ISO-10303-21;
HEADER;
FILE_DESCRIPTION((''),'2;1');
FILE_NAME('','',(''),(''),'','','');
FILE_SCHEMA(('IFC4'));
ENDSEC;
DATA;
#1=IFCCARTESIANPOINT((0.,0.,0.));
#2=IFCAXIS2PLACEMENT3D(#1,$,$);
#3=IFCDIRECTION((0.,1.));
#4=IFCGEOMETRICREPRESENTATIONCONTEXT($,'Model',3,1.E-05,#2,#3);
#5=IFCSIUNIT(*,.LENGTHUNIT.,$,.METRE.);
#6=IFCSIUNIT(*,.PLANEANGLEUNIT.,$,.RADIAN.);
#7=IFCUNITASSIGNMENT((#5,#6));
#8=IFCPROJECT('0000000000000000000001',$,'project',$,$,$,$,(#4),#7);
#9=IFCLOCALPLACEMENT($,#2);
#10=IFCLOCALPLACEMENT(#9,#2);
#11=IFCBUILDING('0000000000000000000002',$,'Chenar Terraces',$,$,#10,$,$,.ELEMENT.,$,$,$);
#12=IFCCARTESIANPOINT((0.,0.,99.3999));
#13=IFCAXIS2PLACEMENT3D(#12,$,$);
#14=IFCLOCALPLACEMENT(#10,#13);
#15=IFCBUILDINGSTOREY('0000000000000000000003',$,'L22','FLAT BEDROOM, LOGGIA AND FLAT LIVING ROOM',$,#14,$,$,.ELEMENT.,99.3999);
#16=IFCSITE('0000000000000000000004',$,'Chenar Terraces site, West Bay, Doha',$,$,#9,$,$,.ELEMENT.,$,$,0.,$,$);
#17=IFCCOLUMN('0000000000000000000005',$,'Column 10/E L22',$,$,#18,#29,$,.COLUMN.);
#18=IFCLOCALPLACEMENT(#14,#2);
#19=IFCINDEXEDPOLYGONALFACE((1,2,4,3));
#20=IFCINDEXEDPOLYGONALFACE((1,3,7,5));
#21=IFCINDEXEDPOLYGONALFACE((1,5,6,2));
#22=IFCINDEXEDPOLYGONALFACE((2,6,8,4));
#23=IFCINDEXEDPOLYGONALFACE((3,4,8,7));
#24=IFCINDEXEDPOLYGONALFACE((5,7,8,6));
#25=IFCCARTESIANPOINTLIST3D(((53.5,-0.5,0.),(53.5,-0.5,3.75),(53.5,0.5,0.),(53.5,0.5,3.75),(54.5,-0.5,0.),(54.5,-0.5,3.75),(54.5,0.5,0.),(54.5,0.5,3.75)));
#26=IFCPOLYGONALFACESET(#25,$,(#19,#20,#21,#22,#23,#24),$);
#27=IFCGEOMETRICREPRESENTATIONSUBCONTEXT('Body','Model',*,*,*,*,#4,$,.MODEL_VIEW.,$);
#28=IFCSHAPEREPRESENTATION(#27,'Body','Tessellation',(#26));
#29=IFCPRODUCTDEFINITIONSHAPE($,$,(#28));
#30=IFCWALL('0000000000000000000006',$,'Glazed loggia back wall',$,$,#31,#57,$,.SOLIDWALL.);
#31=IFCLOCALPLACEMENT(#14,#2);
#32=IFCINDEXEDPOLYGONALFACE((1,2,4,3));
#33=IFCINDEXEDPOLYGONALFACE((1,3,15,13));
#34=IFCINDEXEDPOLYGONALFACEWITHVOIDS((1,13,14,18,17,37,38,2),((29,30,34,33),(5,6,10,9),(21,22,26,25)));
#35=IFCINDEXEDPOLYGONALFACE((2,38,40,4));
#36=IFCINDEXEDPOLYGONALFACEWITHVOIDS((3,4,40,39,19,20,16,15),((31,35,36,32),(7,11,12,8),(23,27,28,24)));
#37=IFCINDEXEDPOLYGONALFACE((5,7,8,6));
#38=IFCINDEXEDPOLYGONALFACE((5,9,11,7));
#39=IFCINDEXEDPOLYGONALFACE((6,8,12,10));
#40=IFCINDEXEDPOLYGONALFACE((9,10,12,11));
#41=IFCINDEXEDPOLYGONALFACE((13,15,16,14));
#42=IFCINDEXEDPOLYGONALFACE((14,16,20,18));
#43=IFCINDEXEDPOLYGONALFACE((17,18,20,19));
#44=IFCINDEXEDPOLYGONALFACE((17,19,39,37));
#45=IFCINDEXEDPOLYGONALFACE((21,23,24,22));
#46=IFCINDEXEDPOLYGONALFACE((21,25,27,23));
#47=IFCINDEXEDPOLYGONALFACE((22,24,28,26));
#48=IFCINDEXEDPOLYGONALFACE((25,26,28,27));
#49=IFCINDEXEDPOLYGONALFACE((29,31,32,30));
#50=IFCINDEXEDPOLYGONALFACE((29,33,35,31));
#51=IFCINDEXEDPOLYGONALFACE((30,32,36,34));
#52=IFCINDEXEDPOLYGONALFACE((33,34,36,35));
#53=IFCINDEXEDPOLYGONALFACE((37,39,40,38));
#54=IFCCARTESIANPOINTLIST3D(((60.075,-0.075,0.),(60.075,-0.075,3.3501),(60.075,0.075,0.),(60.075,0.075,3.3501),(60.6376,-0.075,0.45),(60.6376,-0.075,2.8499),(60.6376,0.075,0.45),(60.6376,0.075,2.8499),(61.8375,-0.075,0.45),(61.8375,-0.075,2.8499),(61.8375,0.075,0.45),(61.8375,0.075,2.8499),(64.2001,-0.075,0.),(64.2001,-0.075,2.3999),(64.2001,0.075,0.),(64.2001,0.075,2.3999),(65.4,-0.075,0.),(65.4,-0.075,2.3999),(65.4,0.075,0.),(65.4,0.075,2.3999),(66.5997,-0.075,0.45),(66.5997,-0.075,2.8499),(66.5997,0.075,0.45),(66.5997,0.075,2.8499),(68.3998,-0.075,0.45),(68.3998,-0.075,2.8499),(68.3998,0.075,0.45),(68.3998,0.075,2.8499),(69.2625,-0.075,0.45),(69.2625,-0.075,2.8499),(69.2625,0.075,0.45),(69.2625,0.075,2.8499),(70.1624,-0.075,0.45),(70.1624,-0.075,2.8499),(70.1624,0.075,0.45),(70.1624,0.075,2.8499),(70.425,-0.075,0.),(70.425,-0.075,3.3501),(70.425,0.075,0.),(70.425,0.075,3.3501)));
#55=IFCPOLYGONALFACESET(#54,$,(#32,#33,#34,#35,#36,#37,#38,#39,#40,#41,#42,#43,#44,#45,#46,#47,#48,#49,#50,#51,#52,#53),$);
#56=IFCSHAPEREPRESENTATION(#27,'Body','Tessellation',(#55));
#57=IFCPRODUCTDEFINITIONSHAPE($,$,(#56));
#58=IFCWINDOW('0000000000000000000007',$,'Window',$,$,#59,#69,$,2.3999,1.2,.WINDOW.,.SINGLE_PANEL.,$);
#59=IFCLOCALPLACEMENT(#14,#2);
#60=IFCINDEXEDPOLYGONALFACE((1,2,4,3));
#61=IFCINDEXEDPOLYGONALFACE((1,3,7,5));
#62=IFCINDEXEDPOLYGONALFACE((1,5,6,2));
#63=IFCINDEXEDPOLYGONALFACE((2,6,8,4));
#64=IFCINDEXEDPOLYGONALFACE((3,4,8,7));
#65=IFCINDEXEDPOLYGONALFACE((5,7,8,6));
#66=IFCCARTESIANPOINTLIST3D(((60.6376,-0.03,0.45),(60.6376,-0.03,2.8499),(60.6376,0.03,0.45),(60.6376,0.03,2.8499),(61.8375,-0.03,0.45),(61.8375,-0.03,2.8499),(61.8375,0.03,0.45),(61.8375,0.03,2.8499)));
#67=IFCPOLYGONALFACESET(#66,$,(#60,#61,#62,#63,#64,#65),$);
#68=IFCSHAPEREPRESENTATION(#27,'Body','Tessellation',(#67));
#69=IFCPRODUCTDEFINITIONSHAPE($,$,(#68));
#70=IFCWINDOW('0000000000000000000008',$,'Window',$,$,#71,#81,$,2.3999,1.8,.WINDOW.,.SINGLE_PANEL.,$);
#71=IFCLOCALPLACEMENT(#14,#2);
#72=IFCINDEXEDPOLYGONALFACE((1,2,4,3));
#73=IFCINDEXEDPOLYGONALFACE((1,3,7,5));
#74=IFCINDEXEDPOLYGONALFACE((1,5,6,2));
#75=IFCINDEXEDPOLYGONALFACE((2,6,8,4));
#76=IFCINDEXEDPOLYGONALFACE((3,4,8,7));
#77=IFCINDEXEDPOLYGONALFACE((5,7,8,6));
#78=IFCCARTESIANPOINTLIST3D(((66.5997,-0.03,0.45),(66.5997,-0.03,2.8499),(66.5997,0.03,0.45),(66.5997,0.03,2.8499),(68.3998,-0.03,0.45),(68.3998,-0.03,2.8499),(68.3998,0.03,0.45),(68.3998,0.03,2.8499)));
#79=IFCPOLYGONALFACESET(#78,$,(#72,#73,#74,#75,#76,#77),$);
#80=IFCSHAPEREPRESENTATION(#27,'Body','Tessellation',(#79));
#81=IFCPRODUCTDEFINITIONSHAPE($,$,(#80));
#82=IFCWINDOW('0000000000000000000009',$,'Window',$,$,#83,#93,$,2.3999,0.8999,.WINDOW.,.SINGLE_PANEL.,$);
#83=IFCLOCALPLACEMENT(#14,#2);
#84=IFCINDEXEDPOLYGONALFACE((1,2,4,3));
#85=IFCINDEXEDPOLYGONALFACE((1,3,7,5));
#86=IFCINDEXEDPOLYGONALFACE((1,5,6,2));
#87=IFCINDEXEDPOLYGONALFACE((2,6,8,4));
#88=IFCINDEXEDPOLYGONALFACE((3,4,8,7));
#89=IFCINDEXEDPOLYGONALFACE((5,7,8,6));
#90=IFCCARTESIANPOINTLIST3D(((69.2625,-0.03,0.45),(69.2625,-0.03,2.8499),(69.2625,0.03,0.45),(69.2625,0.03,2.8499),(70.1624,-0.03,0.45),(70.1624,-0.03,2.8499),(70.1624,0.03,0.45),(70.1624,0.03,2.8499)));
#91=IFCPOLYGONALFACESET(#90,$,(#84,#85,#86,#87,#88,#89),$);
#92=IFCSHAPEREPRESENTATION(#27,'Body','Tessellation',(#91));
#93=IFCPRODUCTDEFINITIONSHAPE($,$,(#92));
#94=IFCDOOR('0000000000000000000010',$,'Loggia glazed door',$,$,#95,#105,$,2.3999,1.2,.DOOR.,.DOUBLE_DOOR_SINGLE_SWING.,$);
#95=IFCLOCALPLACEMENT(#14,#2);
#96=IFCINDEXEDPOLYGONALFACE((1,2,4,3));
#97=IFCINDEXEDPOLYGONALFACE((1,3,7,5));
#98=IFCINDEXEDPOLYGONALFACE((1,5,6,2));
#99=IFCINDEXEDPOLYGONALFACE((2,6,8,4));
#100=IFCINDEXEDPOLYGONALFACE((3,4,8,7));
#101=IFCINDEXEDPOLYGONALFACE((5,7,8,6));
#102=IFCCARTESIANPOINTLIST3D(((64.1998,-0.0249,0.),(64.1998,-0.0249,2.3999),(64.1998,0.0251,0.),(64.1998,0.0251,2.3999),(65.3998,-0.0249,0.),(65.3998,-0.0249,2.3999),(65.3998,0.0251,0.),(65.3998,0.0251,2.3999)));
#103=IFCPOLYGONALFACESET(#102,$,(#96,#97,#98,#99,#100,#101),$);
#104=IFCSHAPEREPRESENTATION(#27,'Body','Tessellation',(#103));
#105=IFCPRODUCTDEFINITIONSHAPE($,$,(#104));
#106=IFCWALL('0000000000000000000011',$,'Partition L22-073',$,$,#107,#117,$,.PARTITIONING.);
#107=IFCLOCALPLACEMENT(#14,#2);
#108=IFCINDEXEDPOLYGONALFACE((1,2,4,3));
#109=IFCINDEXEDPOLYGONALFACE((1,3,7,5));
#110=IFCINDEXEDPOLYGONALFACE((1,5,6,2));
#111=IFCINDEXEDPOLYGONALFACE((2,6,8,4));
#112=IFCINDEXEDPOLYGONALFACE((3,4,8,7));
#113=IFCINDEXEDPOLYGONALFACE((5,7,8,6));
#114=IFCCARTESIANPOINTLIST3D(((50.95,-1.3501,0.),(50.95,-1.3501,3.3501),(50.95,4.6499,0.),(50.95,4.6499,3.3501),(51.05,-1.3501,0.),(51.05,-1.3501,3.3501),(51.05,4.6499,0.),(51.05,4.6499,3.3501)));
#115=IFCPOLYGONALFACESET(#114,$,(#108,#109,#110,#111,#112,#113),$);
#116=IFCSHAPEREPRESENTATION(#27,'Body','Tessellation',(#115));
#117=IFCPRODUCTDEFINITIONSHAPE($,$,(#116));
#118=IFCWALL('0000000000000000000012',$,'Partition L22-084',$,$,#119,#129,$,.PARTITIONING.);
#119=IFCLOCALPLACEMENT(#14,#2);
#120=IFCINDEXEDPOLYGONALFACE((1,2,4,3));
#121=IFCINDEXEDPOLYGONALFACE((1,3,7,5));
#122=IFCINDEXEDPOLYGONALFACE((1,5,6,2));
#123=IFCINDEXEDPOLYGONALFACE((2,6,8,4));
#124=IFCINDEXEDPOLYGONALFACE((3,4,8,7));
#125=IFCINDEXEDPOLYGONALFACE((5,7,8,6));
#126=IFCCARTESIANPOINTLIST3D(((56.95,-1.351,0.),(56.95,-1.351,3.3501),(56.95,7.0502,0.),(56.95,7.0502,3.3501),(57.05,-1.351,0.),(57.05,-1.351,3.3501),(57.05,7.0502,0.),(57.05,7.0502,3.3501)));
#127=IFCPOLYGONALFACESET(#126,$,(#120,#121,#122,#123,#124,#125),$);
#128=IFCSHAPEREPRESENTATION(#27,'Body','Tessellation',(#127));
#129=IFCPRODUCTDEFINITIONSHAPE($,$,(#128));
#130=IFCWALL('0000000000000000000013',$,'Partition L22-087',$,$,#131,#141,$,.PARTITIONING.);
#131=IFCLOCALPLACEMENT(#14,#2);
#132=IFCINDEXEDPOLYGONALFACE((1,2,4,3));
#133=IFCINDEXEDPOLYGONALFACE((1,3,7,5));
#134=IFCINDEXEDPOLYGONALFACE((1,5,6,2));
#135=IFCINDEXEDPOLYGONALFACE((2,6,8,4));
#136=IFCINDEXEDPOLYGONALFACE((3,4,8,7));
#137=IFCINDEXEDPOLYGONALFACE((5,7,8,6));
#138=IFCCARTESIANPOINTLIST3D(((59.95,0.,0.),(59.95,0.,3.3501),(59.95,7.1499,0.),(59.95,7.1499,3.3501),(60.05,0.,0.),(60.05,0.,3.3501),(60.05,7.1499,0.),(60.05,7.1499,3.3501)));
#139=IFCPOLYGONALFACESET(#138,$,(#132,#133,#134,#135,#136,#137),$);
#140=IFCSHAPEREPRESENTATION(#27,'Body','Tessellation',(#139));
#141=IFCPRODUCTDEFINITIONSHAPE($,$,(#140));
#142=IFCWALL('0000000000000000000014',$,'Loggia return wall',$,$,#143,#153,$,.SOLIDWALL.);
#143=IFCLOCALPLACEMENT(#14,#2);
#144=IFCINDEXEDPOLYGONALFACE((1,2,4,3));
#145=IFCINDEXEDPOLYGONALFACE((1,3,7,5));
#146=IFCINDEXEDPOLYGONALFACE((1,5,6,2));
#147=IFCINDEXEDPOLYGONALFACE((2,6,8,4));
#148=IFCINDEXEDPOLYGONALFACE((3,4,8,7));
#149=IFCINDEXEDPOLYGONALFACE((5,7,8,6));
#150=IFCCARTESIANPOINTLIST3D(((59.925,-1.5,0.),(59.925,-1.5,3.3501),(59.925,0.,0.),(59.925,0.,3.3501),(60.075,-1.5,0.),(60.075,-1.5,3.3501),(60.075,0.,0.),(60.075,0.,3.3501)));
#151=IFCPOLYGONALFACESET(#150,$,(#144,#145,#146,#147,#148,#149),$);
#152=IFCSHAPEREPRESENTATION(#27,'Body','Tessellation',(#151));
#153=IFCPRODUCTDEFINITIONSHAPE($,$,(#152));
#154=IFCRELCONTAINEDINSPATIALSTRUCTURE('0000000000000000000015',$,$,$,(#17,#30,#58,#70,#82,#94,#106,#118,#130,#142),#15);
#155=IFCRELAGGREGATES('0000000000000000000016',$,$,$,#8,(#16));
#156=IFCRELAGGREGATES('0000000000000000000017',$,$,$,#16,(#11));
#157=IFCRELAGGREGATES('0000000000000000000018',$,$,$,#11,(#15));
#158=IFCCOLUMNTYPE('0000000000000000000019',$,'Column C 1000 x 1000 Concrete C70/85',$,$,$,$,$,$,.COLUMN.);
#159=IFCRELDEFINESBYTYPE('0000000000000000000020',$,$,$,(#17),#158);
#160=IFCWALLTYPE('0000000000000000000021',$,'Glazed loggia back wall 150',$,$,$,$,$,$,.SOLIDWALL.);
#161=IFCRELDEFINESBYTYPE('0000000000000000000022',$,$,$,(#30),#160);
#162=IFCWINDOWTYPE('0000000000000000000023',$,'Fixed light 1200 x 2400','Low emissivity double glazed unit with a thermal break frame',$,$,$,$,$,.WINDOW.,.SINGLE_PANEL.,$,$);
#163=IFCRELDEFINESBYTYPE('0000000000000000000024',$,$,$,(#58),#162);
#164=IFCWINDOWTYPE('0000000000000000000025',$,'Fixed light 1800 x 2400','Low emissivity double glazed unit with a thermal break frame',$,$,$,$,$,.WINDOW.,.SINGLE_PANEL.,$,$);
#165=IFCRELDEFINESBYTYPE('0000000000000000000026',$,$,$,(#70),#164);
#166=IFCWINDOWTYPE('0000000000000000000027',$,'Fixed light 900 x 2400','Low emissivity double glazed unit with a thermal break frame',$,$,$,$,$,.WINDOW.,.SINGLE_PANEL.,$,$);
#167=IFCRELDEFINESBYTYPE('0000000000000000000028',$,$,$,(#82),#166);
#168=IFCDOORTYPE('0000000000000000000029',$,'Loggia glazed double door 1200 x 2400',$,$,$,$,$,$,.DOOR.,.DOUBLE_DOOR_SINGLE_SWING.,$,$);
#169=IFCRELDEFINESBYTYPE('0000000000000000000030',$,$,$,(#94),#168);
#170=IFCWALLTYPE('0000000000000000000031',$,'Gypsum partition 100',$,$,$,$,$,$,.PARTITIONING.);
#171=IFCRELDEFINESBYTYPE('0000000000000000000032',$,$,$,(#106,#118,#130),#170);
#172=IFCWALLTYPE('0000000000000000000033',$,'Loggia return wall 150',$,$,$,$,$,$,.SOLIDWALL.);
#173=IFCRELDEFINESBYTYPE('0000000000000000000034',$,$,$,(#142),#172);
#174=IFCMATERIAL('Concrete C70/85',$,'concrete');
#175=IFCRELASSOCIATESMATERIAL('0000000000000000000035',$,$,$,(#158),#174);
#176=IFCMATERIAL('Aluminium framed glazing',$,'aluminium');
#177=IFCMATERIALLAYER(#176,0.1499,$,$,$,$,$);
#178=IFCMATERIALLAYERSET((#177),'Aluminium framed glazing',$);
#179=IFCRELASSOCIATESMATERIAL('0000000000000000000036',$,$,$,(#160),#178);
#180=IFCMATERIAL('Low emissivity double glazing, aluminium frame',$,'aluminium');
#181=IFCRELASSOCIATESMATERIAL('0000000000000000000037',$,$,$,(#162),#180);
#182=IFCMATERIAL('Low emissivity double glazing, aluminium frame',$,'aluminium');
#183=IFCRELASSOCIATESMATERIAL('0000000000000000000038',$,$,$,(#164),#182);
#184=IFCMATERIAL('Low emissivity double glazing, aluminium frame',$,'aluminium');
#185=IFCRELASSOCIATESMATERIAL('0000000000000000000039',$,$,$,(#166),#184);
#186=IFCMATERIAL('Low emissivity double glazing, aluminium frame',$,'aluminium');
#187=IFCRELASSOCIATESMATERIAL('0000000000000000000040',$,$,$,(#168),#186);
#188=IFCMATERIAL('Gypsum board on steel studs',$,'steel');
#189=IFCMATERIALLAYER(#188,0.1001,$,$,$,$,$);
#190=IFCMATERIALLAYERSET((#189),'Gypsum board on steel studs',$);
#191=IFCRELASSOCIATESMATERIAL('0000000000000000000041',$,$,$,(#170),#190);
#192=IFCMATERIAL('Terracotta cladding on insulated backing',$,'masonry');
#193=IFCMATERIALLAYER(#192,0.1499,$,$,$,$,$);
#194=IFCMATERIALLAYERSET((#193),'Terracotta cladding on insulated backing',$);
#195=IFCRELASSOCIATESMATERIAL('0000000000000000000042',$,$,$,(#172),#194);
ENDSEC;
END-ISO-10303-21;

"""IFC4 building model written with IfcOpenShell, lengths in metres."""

from ifc_helpers import new_model, si_unit, direction, frame, frame_2d, origin, origin_2d, place, context, subcontext, project, spatial, rectangle, extrude, material, layer, layer_set, material_profile, profile_set, type_object, element, fill, save


model = new_model("IFC4")

# Units and contexts
model_context = context("Model", 3, precision=1e-05, world=origin(), true_north=direction((0.0, 1.0)))
body_context = subcontext(model_context, "Body", "Model", "MODEL_VIEW")
ifc_project = project(units=[si_unit("LENGTHUNIT", "METRE"), si_unit("PLANEANGLEUNIT", "RADIAN")], contexts=[model_context])

# Site, building, storey
site_placement = place(None, origin())
site = spatial("IfcSite", under=ifc_project, at=site_placement, Name="Chenar Terraces site, West Bay, Doha", CompositionType="ELEMENT", RefElevation=0.0)
building_placement = place(site_placement, origin())
building = spatial("IfcBuilding", under=site, at=building_placement, Name="Chenar Terraces", CompositionType="ELEMENT")
storey_placement = place(building_placement, frame((0.0, 0.0, 99.3999)))
storey = spatial("IfcBuildingStorey", under=building, at=storey_placement, Name="L22", Description="FLAT BEDROOM, LOGGIA AND FLAT LIVING ROOM", CompositionType="ELEMENT", Elevation=99.3999)

# Column
ifc_material_1 = material(Name="Concrete C70/85", Category="concrete")
ifc_material_profile_1 = material_profile(ifc_material_1, rectangle(XDim=1.0, YDim=1.0, at=origin_2d()), Name="C 1000 x 1000")
ifc_profile_set_1 = profile_set([ifc_material_profile_1], Name="Concrete C70/85")
column_type = type_object("IfcColumnType", Name="Column C 1000 x 1000 Concrete C70/85", PredefinedType="COLUMN", material=ifc_profile_set_1)
column_placement = place(storey_placement, frame((54.0, 0.0, 0.0), z_axis=(0.0, 0.0, 1.0), x_axis=(1.0, 0.0, 0.0)))
element("IfcColumn", 1, at=column_placement, inside=storey, type_object=column_type, Name="Column 10/E L22", PredefinedType="COLUMN", context=body_context, shape_type="SweptSolid", body=[
    extrude(rectangle(XDim=1.0, YDim=1.0, at=origin_2d()), origin(), (0.0, 0.0, 1.0), 3.75),
])

# Wall, openings, windows, door
ifc_material_2 = material(Name="Aluminium framed glazing", Category="aluminium")
ifc_layer_1 = layer(ifc_material_2, 0.1499)
ifc_layer_set_1 = layer_set([ifc_layer_1], Name="Aluminium framed glazing")
wall_type_1 = type_object("IfcWallType", Name="Glazed loggia back wall 150", PredefinedType="SOLIDWALL", material=ifc_layer_set_1)
wall_1_placement = place(storey_placement, frame((60.075, 0.0, 0.0), z_axis=(0.0, 0.0, 1.0), x_axis=(1.0, 0.0, 0.0)))
wall_1 = element("IfcWall", 2, at=wall_1_placement, inside=storey, type_object=wall_type_1, Name="Glazed loggia back wall", PredefinedType="SOLIDWALL", context=body_context, shape_type="SweptSolid", body=[
    extrude(rectangle(XDim=10.3501, YDim=0.1499, at=frame_2d((5.175, 0.0))), origin(), (0.0, 0.0, 1.0), 3.3501),
])
opening_1_placement = place(wall_1_placement, frame((0.5625, 0.0, 0.45)))
opening_1 = element("IfcOpeningElement", 3, at=opening_1_placement, cuts=wall_1, PredefinedType="OPENING", context=body_context, shape_type="SweptSolid", body=[
    extrude(rectangle(XDim=1.2, YDim=2.3999, at=frame_2d((0.6001, 1.2))), frame((0.0, 0.085, 0.0), z_axis=(0.0, -1.0, 0.0), x_axis=(1.0, 0.0, 0.0)), (0.0, 0.0, 1.0), 0.1699),
])
opening_2_placement = place(wall_1_placement, frame((4.125, 0.0, 0.0)))
opening_2 = element("IfcOpeningElement", 4, at=opening_2_placement, cuts=wall_1, PredefinedType="OPENING", context=body_context, shape_type="SweptSolid", body=[
    extrude(rectangle(XDim=1.2, YDim=2.3999, at=frame_2d((0.6001, 1.2))), frame((0.0, 0.085, 0.0), z_axis=(0.0, -1.0, 0.0), x_axis=(1.0, 0.0, 0.0)), (0.0, 0.0, 1.0), 0.1699),
])
opening_3_placement = place(wall_1_placement, frame((6.5249, 0.0, 0.45)))
opening_3 = element("IfcOpeningElement", 5, at=opening_3_placement, cuts=wall_1, PredefinedType="OPENING", context=body_context, shape_type="SweptSolid", body=[
    extrude(rectangle(XDim=1.8, YDim=2.3999, at=frame_2d((0.8999, 1.2))), frame((0.0, 0.085, 0.0), z_axis=(0.0, -1.0, 0.0), x_axis=(1.0, 0.0, 0.0)), (0.0, 0.0, 1.0), 0.1699),
])
opening_4_placement = place(wall_1_placement, frame((9.1875, 0.0, 0.45)))
opening_4 = element("IfcOpeningElement", 6, at=opening_4_placement, cuts=wall_1, PredefinedType="OPENING", context=body_context, shape_type="SweptSolid", body=[
    extrude(rectangle(XDim=0.8999, YDim=2.3999, at=frame_2d((0.45, 1.2))), frame((0.0, 0.085, 0.0), z_axis=(0.0, -1.0, 0.0), x_axis=(1.0, 0.0, 0.0)), (0.0, 0.0, 1.0), 0.1699),
])
ifc_material_3 = material(Name="Low emissivity double glazing, aluminium frame", Category="aluminium")
window_type_1 = type_object("IfcWindowType", Name="Fixed light 1200 x 2400", Description="Low emissivity double glazed unit with a thermal break frame", PartitioningType="SINGLE_PANEL", PredefinedType="WINDOW", material=ifc_material_3)
window_1_placement = place(opening_1_placement, origin())
window_1 = element("IfcWindow", 7, at=window_1_placement, inside=storey, type_object=window_type_1, Name="Window", OverallHeight=2.3999, OverallWidth=1.2, PartitioningType="SINGLE_PANEL", PredefinedType="WINDOW", context=body_context, shape_type="SweptSolid", body=[
    extrude(rectangle(XDim=1.2, YDim=2.3999, at=frame_2d((0.6001, 1.2))), frame((0.0, 0.03, 0.0), z_axis=(0.0, -1.0, 0.0), x_axis=(1.0, 0.0, 0.0)), (0.0, 0.0, 1.0), 0.0601),
])
fill(opening_1, window_1)
ifc_material_4 = material(Name="Low emissivity double glazing, aluminium frame", Category="aluminium")
window_type_2 = type_object("IfcWindowType", Name="Fixed light 1800 x 2400", Description="Low emissivity double glazed unit with a thermal break frame", PartitioningType="SINGLE_PANEL", PredefinedType="WINDOW", material=ifc_material_4)
window_2_placement = place(opening_3_placement, origin())
window_2 = element("IfcWindow", 8, at=window_2_placement, inside=storey, type_object=window_type_2, Name="Window", OverallHeight=2.3999, OverallWidth=1.8, PartitioningType="SINGLE_PANEL", PredefinedType="WINDOW", context=body_context, shape_type="SweptSolid", body=[
    extrude(rectangle(XDim=1.8, YDim=2.3999, at=frame_2d((0.8999, 1.2))), frame((0.0, 0.03, 0.0), z_axis=(0.0, -1.0, 0.0), x_axis=(1.0, 0.0, 0.0)), (0.0, 0.0, 1.0), 0.0601),
])
fill(opening_3, window_2)
ifc_material_5 = material(Name="Low emissivity double glazing, aluminium frame", Category="aluminium")
window_type_3 = type_object("IfcWindowType", Name="Fixed light 900 x 2400", Description="Low emissivity double glazed unit with a thermal break frame", PartitioningType="SINGLE_PANEL", PredefinedType="WINDOW", material=ifc_material_5)
window_3_placement = place(opening_4_placement, origin())
window_3 = element("IfcWindow", 9, at=window_3_placement, inside=storey, type_object=window_type_3, Name="Window", OverallHeight=2.3999, OverallWidth=0.8999, PartitioningType="SINGLE_PANEL", PredefinedType="WINDOW", context=body_context, shape_type="SweptSolid", body=[
    extrude(rectangle(XDim=0.8999, YDim=2.3999, at=frame_2d((0.45, 1.2))), frame((0.0, 0.03, 0.0), z_axis=(0.0, -1.0, 0.0), x_axis=(1.0, 0.0, 0.0)), (0.0, 0.0, 1.0), 0.0601),
])
fill(opening_4, window_3)
ifc_material_6 = material(Name="Low emissivity double glazing, aluminium frame", Category="aluminium")
door_type = type_object("IfcDoorType", Name="Loggia glazed double door 1200 x 2400", OperationType="DOUBLE_DOOR_SINGLE_SWING", PredefinedType="DOOR", material=ifc_material_6)
door_placement = place(opening_2_placement, frame((1.2, 0.0, 0.0), z_axis=(0.0, 0.0, 1.0), x_axis=(-1.0, 0.0, 0.0)))
door = element("IfcDoor", 10, at=door_placement, inside=storey, type_object=door_type, Name="Loggia glazed door", OperationType="DOUBLE_DOOR_SINGLE_SWING", OverallHeight=2.3999, OverallWidth=1.2, PredefinedType="DOOR", context=body_context, shape_type="SweptSolid", body=[
    extrude(rectangle(XDim=1.2, YDim=2.3999, at=frame_2d((0.6001, 1.2))), frame((0.0, 0.0249, 0.0), z_axis=(0.0, -1.0, 0.0), x_axis=(1.0, 0.0, 0.0)), (0.0, 0.0, 1.0), 0.05),
])
fill(opening_2, door)

# Walls
ifc_material_7 = material(Name="Gypsum board on steel studs", Category="steel")
ifc_layer_2 = layer(ifc_material_7, 0.1001)
ifc_layer_set_2 = layer_set([ifc_layer_2], Name="Gypsum board on steel studs")
wall_type_2 = type_object("IfcWallType", Name="Gypsum partition 100", PredefinedType="PARTITIONING", material=ifc_layer_set_2)
wall_2_placement = place(storey_placement, frame((51.0, -1.3501, 0.0), z_axis=(0.0, 0.0, 1.0), x_axis=(0.0, 1.0, 0.0)))
element("IfcWall", 11, at=wall_2_placement, inside=storey, type_object=wall_type_2, Name="Partition L22-073", PredefinedType="PARTITIONING", context=body_context, shape_type="SweptSolid", body=[
    extrude(rectangle(XDim=6.0, YDim=0.1001, at=frame_2d((3.0, 0.0))), origin(), (0.0, 0.0, 1.0), 3.3501),
])
wall_3_placement = place(storey_placement, frame((57.0, -1.3511, 0.0), z_axis=(0.0, 0.0, 1.0), x_axis=(0.0, 1.0, 0.0)))
element("IfcWall", 12, at=wall_3_placement, inside=storey, type_object=wall_type_2, Name="Partition L22-084", PredefinedType="PARTITIONING", context=body_context, shape_type="SweptSolid", body=[
    extrude(rectangle(XDim=8.4011, YDim=0.1001, at=frame_2d((4.2007, 0.0))), origin(), (0.0, 0.0, 1.0), 3.3501),
])
wall_4_placement = place(storey_placement, frame((60.0, 0.0, 0.0), z_axis=(0.0, 0.0, 1.0), x_axis=(0.0, 1.0, 0.0)))
element("IfcWall", 13, at=wall_4_placement, inside=storey, type_object=wall_type_2, Name="Partition L22-087", PredefinedType="PARTITIONING", context=body_context, shape_type="SweptSolid", body=[
    extrude(rectangle(XDim=7.1499, YDim=0.1001, at=frame_2d((3.575, 0.0))), origin(), (0.0, 0.0, 1.0), 3.3501),
])
ifc_material_8 = material(Name="Terracotta cladding on insulated backing", Category="masonry")
ifc_layer_3 = layer(ifc_material_8, 0.1499)
ifc_layer_set_3 = layer_set([ifc_layer_3], Name="Terracotta cladding on insulated backing")
wall_type_3 = type_object("IfcWallType", Name="Loggia return wall 150", PredefinedType="SOLIDWALL", material=ifc_layer_set_3)
wall_5_placement = place(storey_placement, frame((60.0, -1.5, 0.0), z_axis=(0.0, 0.0, 1.0), x_axis=(0.0, 1.0, 0.0)))
element("IfcWall", 14, at=wall_5_placement, inside=storey, type_object=wall_type_3, Name="Loggia return wall", PredefinedType="SOLIDWALL", context=body_context, shape_type="SweptSolid", body=[
    extrude(rectangle(XDim=1.5, YDim=0.1499, at=frame_2d((0.75, 0.0))), origin(), (0.0, 0.0, 1.0), 3.3501),
])

save(model, "model.ifc")
